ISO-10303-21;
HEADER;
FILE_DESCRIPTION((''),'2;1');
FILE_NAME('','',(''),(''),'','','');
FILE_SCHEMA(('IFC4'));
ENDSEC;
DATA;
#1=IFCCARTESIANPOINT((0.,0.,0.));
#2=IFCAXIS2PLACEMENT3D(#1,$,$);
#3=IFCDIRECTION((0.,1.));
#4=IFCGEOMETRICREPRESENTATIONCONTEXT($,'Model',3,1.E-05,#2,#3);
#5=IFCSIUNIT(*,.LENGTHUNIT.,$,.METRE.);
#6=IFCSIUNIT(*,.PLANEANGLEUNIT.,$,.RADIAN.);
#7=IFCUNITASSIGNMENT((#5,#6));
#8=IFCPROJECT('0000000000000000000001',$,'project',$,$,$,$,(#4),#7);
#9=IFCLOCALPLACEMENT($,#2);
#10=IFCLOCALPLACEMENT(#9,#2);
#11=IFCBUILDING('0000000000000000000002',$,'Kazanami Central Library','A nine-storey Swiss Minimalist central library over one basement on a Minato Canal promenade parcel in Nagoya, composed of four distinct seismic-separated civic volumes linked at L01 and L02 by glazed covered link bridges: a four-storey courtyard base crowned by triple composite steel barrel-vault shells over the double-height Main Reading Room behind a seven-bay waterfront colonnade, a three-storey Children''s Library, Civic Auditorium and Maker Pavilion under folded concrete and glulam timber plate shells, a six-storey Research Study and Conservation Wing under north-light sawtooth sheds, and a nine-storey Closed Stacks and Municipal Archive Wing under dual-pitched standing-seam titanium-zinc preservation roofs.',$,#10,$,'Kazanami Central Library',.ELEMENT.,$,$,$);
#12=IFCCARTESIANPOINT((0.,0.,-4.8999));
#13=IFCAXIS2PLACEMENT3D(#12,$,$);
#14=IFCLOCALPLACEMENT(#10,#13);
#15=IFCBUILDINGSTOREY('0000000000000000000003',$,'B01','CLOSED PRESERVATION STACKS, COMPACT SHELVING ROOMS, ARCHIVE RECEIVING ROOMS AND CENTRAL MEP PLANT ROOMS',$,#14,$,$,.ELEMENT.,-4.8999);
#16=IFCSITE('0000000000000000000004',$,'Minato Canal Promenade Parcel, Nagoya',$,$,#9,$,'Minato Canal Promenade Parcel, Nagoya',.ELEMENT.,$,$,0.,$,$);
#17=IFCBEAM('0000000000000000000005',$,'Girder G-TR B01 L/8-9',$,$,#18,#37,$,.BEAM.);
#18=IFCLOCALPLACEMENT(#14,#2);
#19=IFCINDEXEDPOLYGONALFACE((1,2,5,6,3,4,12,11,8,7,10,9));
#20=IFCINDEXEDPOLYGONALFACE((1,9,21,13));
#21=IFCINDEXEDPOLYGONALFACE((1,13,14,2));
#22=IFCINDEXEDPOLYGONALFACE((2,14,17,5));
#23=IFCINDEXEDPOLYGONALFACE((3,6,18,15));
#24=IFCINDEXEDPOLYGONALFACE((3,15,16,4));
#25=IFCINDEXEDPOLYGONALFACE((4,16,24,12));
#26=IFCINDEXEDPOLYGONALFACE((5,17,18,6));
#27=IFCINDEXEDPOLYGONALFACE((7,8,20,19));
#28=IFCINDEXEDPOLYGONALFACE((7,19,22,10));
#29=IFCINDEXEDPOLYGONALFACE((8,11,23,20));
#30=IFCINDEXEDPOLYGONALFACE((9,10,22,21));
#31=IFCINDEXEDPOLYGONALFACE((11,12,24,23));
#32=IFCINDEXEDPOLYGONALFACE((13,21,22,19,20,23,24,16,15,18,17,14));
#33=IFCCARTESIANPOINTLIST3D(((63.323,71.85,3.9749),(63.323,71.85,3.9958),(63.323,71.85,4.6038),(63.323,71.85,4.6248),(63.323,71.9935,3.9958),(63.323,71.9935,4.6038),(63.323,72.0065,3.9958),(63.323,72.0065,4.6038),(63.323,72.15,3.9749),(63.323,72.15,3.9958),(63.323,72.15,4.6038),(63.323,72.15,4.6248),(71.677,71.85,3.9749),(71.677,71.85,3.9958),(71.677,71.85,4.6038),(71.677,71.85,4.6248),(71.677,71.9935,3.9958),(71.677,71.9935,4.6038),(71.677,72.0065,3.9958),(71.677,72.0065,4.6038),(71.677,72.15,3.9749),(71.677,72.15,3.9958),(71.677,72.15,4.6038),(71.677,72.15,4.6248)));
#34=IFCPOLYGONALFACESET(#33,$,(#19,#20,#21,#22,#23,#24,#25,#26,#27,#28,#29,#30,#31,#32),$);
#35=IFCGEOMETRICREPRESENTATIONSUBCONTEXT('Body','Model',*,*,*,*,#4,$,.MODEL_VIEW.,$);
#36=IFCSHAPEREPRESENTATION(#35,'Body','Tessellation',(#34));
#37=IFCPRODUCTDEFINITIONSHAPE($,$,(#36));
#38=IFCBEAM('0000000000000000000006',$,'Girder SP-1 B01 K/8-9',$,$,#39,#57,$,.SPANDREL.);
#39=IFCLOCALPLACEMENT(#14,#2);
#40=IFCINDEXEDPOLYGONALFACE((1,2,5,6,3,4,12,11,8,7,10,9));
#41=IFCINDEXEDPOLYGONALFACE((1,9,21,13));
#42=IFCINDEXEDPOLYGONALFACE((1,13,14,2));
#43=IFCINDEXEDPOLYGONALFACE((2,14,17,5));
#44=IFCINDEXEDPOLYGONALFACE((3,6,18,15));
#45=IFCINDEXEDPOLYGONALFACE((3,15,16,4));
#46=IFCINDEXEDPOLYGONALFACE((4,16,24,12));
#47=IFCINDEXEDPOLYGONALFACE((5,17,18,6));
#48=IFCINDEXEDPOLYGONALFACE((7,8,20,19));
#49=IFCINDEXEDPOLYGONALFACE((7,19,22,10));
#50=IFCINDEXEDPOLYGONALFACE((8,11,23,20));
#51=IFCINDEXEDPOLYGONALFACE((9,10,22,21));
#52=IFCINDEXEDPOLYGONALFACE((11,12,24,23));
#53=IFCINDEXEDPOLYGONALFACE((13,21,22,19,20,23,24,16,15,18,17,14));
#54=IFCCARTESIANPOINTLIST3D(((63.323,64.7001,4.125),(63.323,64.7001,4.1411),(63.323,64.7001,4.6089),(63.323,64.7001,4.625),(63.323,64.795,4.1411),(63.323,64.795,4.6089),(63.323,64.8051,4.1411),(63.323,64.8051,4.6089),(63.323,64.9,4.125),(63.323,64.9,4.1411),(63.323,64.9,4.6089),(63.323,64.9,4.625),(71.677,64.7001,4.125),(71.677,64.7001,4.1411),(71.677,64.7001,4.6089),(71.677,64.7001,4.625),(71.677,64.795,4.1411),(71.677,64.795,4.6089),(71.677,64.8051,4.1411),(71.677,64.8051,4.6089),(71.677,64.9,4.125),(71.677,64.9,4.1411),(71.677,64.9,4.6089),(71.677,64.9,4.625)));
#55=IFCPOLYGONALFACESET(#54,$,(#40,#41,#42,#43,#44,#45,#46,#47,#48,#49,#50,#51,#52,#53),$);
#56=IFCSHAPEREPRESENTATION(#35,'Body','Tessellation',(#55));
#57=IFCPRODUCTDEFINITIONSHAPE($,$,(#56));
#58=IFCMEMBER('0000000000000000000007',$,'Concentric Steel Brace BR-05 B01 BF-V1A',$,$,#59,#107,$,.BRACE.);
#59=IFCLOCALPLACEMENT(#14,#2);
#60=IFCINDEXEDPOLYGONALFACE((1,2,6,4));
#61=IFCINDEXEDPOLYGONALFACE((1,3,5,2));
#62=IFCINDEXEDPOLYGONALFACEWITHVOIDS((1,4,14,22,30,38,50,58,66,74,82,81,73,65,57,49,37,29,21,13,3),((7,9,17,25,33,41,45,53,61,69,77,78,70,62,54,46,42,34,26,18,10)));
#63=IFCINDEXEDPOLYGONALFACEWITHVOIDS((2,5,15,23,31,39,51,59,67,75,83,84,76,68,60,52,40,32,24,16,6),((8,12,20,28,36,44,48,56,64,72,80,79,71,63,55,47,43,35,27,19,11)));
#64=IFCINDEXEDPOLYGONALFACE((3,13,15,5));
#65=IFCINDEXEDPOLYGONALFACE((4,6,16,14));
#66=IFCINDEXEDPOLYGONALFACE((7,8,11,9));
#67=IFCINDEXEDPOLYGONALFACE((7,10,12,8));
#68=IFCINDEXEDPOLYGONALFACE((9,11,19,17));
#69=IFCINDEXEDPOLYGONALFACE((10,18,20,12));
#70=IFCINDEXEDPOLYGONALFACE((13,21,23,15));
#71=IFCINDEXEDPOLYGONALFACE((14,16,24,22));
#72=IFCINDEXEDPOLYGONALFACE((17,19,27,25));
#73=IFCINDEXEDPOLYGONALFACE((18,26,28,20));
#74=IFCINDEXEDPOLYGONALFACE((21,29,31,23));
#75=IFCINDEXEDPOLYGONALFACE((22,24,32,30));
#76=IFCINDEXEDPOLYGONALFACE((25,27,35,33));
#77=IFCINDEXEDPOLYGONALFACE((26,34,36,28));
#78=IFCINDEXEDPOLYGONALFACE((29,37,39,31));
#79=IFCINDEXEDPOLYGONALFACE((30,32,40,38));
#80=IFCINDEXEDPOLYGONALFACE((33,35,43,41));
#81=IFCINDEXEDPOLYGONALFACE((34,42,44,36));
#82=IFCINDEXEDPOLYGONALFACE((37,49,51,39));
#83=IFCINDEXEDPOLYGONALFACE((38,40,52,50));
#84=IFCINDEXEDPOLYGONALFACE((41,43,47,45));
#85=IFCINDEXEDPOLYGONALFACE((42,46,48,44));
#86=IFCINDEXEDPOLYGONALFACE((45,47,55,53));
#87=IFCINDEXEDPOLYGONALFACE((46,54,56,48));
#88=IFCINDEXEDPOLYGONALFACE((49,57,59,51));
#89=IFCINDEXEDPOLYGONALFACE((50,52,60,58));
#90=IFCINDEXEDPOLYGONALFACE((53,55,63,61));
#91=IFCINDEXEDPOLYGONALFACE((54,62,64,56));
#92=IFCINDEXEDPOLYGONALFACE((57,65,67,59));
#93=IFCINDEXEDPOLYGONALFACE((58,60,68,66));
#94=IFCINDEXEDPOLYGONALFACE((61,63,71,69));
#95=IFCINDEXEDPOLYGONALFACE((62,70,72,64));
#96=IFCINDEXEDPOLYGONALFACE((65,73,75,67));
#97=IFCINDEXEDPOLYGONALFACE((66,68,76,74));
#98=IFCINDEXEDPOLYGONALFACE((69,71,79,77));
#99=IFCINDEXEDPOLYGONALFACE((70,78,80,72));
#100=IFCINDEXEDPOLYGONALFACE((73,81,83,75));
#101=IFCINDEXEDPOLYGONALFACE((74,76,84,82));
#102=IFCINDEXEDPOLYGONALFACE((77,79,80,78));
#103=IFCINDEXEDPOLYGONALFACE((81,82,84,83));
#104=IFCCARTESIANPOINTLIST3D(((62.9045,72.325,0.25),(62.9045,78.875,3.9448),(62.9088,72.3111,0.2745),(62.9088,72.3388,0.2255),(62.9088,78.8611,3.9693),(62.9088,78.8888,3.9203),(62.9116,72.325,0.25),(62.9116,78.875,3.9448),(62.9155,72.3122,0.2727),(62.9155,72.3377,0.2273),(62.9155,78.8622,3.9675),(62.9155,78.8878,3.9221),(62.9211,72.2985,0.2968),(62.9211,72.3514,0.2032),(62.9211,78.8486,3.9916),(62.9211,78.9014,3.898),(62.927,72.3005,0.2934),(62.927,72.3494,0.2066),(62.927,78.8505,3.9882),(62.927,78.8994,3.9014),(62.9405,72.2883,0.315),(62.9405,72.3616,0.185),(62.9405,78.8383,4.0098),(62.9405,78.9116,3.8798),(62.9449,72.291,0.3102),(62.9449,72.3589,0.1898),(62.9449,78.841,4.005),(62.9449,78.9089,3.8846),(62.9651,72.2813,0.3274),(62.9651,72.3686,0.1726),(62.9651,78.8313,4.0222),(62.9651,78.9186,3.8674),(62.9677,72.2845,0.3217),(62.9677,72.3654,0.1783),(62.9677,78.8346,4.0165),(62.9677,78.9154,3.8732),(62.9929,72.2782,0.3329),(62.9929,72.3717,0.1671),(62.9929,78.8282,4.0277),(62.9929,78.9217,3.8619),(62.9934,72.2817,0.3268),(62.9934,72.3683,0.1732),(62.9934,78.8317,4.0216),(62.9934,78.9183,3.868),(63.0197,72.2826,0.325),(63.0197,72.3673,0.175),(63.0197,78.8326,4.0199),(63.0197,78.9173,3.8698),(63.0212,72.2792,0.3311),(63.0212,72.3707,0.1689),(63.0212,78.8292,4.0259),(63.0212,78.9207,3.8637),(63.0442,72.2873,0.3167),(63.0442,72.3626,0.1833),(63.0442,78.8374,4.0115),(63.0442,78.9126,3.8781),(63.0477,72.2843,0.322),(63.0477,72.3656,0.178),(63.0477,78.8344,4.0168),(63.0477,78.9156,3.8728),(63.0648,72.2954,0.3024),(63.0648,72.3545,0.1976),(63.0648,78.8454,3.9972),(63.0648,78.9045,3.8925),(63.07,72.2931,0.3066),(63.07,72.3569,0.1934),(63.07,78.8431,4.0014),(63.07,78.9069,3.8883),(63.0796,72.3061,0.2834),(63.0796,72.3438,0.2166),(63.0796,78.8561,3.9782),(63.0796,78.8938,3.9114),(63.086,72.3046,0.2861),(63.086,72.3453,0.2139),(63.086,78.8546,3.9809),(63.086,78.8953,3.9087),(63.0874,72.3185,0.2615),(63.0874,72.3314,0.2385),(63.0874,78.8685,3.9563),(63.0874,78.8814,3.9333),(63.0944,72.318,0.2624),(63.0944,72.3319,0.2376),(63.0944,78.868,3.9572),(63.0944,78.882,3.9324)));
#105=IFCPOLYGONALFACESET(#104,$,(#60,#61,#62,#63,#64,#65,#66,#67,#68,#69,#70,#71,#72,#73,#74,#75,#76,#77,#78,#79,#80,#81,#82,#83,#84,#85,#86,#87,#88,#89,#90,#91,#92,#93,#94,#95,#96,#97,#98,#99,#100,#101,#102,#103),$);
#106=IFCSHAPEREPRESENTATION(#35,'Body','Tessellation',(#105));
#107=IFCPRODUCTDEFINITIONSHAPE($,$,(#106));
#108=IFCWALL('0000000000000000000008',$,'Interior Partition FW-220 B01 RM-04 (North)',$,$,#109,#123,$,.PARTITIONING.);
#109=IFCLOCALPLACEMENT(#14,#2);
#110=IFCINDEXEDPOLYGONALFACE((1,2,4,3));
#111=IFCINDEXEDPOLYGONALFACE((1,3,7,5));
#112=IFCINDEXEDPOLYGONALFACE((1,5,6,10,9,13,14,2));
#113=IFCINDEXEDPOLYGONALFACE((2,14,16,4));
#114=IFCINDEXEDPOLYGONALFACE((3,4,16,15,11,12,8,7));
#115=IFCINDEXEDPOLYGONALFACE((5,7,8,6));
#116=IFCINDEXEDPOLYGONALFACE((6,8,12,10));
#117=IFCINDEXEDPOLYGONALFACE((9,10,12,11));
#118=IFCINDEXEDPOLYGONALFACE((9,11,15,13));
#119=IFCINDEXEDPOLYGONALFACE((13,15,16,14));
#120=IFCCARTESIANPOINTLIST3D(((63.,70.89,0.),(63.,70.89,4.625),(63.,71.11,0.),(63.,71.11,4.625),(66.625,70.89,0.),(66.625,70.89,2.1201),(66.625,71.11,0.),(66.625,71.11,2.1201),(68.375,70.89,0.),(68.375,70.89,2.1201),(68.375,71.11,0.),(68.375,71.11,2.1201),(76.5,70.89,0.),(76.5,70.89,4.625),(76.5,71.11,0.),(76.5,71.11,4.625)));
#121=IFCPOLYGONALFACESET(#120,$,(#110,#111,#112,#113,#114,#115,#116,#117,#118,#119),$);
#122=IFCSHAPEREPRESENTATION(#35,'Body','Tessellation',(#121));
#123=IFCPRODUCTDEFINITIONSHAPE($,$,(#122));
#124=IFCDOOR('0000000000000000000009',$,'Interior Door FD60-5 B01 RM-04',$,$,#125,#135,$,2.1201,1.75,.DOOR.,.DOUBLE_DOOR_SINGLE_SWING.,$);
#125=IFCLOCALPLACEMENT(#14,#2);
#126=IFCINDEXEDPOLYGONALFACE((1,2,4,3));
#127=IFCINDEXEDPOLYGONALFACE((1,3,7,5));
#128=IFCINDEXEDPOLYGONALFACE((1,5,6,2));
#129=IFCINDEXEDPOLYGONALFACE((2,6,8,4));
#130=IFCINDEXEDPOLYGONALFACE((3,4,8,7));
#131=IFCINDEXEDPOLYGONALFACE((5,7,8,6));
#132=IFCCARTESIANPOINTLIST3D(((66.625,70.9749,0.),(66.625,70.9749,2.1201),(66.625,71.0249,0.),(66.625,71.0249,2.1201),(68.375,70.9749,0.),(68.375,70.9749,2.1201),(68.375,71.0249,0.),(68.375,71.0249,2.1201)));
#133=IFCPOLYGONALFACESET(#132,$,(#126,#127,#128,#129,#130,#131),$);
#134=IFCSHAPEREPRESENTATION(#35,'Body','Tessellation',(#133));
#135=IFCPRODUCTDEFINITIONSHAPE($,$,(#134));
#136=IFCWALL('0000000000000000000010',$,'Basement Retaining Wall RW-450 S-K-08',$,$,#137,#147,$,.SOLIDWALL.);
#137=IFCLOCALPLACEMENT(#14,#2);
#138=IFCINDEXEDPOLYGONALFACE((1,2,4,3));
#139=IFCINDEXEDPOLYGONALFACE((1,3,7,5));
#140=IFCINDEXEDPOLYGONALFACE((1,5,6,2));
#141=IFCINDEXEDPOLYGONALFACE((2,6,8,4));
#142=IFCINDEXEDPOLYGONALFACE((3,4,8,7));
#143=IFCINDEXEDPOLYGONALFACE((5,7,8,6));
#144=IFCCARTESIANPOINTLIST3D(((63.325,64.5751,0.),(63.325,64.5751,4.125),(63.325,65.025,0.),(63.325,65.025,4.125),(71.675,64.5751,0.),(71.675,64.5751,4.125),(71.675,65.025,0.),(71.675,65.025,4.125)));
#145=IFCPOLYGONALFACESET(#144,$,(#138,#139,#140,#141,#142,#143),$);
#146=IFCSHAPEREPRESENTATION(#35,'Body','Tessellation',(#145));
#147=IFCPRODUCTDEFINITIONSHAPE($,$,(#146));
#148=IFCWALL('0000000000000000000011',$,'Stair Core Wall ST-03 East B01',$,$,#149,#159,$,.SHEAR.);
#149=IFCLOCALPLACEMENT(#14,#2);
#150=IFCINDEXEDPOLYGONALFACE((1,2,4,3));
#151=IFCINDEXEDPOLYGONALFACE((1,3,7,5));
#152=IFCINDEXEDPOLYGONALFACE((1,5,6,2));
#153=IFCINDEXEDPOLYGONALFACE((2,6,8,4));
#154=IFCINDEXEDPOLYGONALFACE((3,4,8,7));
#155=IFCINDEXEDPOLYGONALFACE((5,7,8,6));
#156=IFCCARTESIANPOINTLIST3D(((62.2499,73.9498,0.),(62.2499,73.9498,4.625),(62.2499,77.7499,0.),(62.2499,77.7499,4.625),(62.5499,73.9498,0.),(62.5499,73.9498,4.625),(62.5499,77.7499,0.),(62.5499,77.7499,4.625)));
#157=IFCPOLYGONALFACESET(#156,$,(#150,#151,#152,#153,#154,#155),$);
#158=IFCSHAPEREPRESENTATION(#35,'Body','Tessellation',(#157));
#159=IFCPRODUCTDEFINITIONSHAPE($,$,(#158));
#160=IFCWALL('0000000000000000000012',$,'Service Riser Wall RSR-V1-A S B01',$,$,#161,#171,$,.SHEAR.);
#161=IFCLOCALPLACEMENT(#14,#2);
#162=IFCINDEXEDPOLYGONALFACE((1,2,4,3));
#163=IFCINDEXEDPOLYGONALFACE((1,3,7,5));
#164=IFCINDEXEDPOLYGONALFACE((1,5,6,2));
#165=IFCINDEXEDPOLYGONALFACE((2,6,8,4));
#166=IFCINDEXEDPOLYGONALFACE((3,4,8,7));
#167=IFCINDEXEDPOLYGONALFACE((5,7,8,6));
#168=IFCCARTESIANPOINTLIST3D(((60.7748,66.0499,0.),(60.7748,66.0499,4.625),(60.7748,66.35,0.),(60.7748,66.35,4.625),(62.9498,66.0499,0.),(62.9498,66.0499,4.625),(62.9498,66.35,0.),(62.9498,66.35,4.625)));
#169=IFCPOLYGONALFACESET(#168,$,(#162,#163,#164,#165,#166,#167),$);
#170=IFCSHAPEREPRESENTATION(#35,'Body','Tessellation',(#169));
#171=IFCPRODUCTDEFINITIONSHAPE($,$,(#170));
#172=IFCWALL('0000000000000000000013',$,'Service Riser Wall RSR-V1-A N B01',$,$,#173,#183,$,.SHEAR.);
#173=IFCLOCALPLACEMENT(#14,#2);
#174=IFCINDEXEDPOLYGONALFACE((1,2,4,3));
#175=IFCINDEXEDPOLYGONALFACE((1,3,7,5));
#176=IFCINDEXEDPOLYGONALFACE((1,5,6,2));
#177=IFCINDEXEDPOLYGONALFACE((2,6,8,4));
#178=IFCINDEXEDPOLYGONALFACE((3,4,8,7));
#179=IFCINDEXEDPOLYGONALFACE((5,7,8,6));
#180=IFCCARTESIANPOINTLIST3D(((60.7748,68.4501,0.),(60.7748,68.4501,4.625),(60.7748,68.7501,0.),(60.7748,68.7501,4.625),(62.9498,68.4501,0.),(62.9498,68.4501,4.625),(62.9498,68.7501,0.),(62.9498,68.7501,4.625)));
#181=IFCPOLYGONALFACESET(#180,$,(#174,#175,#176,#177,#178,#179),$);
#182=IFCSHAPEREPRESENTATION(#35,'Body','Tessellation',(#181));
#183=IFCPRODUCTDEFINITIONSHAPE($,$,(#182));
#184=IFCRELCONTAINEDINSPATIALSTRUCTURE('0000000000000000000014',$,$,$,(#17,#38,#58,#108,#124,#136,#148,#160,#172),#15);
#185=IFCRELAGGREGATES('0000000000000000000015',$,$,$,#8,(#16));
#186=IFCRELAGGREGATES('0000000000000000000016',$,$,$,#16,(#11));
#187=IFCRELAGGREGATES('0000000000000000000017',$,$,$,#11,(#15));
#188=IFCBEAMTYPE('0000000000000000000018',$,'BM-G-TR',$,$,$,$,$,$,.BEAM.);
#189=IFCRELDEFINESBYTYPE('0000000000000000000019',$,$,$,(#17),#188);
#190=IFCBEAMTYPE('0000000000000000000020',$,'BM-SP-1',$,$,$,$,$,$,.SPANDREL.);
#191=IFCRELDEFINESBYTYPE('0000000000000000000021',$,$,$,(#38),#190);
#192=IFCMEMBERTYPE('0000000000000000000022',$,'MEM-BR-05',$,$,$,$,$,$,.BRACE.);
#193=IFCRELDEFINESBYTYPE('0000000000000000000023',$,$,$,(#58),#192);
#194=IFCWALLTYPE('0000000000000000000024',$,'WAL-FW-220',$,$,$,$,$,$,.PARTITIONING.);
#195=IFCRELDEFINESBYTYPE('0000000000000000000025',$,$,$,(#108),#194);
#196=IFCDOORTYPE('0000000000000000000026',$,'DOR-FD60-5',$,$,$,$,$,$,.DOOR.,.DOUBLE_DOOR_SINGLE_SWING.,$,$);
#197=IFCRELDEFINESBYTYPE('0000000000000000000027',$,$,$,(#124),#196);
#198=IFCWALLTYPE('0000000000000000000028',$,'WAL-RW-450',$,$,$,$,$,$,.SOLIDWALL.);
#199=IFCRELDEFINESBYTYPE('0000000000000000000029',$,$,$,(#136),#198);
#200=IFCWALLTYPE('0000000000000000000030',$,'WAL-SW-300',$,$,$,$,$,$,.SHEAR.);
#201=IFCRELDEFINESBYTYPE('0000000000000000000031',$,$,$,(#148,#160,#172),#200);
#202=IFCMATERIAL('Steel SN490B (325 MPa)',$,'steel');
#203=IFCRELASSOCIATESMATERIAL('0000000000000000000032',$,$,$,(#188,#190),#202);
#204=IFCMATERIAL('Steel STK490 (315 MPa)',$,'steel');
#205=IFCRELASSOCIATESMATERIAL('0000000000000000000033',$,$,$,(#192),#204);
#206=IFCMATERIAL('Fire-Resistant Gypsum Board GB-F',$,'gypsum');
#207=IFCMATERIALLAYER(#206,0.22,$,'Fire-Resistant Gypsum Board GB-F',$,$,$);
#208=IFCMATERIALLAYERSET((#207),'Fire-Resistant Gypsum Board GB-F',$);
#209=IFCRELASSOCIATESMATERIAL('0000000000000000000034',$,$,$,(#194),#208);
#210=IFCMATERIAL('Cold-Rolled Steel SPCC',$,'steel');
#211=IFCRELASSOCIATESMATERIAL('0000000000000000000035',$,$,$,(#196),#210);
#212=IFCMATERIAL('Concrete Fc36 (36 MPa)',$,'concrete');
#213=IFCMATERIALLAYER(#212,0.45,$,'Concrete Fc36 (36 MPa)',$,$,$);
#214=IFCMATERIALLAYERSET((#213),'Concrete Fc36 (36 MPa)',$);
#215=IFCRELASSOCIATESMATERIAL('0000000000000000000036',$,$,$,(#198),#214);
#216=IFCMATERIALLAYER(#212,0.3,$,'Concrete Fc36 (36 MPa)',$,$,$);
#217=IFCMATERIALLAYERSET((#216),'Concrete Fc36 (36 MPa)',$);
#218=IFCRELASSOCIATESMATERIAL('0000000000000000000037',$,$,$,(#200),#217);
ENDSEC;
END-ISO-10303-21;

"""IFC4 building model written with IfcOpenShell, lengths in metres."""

from ifc_helpers import new_model, si_unit, direction, frame, frame_2d, origin, origin_2d, place, context, subcontext, project, spatial, rectangle, hollow_circle, i_section, extrude, material, layer, layer_set, material_profile, profile_set, type_object, element, fill, save


model = new_model("IFC4")

# Units and contexts
model_context = context("Model", 3, precision=1e-05, world=origin(), true_north=direction((0.0, 1.0)))
body_context = subcontext(model_context, "Body", "Model", "MODEL_VIEW")
ifc_project = project(units=[si_unit("LENGTHUNIT", "METRE"), si_unit("PLANEANGLEUNIT", "RADIAN")], contexts=[model_context])

# Site, building, storey
site_placement = place(None, origin())
site = spatial("IfcSite", under=ifc_project, at=site_placement, Name="Minato Canal Promenade Parcel, Nagoya", LongName="Minato Canal Promenade Parcel, Nagoya", CompositionType="ELEMENT", RefElevation=0.0)
building_placement = place(site_placement, origin())
building = spatial("IfcBuilding", under=site, at=building_placement, Name="Kazanami Central Library", Description="A nine-storey Swiss Minimalist central library over one basement on a Minato Canal promenade parcel in Nagoya, composed of four distinct seismic-separated civic volumes linked at L01 and L02 by glazed covered link bridges: a four-storey courtyard base crowned by triple composite steel barrel-vault shells over the double-height Main Reading Room behind a seven-bay waterfront colonnade, a three-storey Children's Library, Civic Auditorium and Maker Pavilion under folded concrete and glulam timber plate shells, a six-storey Research Study and Conservation Wing under north-light sawtooth sheds, and a nine-storey Closed Stacks and Municipal Archive Wing under dual-pitched standing-seam titanium-zinc preservation roofs.", LongName="Kazanami Central Library", CompositionType="ELEMENT")
storey_placement = place(building_placement, frame((0.0, 0.0, -4.8999)))
storey = spatial("IfcBuildingStorey", under=building, at=storey_placement, Name="B01", Description="CLOSED PRESERVATION STACKS, COMPACT SHELVING ROOMS, ARCHIVE RECEIVING ROOMS AND CENTRAL MEP PLANT ROOMS", CompositionType="ELEMENT", Elevation=-4.8999)

# Shared definitions
ifc_material_1 = material(Name="Concrete Fc36 (36 MPa)", Category="concrete")

# Beams
ifc_material_2 = material(Name="Steel SN490B (325 MPa)", Category="steel")
ifc_material_profile_1 = material_profile(ifc_material_2, i_section(OverallWidth=0.3, OverallDepth=0.6499, WebThickness=0.0129, FlangeThickness=0.021, at=origin_2d()), Name="H-650x300x13x21")
ifc_profile_set_1 = profile_set([ifc_material_profile_1], Name="Steel SN490B (325 MPa)")
beam_type_1 = type_object("IfcBeamType", Name="BM-G-TR", PredefinedType="BEAM", material=ifc_profile_set_1)
beam_1_placement = place(storey_placement, frame((63.323, 72.0, 4.2998), z_axis=(1.0, 0.0, 0.0), x_axis=(0.0, 1.0, 0.0)))
element("IfcBeam", 1, at=beam_1_placement, inside=storey, type_object=beam_type_1, Name="Girder G-TR B01 L/8-9", PredefinedType="BEAM", context=body_context, shape_type="SweptSolid", body=[
    extrude(i_section(OverallWidth=0.3, OverallDepth=0.6499, WebThickness=0.0129, FlangeThickness=0.021, at=origin_2d()), origin(), (0.0, 0.0, 1.0), 8.354),
])
ifc_material_profile_2 = material_profile(ifc_material_2, i_section(OverallWidth=0.2, OverallDepth=0.5, WebThickness=0.01, FlangeThickness=0.0161, at=origin_2d()), Name="H-500x200x10x16")
ifc_profile_set_2 = profile_set([ifc_material_profile_2], Name="Steel SN490B (325 MPa)")
beam_type_2 = type_object("IfcBeamType", Name="BM-SP-1", PredefinedType="SPANDREL", material=ifc_profile_set_2)
beam_2_placement = place(storey_placement, frame((63.323, 64.8, 4.375), z_axis=(1.0, 0.0, 0.0), x_axis=(0.0, 1.0, 0.0)))
element("IfcBeam", 2, at=beam_2_placement, inside=storey, type_object=beam_type_2, Name="Girder SP-1 B01 K/8-9", PredefinedType="SPANDREL", context=body_context, shape_type="SweptSolid", body=[
    extrude(i_section(OverallWidth=0.2, OverallDepth=0.5, WebThickness=0.01, FlangeThickness=0.0161, at=origin_2d()), origin(), (0.0, 0.0, 1.0), 8.354),
])

# Member
ifc_material_3 = material(Name="Steel STK490 (315 MPa)", Category="steel")
ifc_material_profile_3 = material_profile(ifc_material_3, hollow_circle(Radius=0.0955, WallThickness=0.0071, at=origin_2d()), Name="CHS-190.7x7.0")
ifc_profile_set_3 = profile_set([ifc_material_profile_3], Name="Steel STK490 (315 MPa)")
member_type = type_object("IfcMemberType", Name="MEM-BR-05", PredefinedType="BRACE", material=ifc_profile_set_3)
member_placement = place(storey_placement, frame((63.0, 72.325, 0.25), z_axis=(0.0, 0.870983, 0.491314), x_axis=(-1.0, 0.0, 0.0)))
element("IfcMember", 3, at=member_placement, inside=storey, type_object=member_type, Name="Concentric Steel Brace BR-05 B01 BF-V1A", PredefinedType="BRACE", context=body_context, shape_type="SweptSolid", body=[
    extrude(hollow_circle(Radius=0.0955, WallThickness=0.0071, at=origin_2d()), origin(), (0.0, 0.0, 1.0), 7.5203),
])

# Wall, opening, door
ifc_material_4 = material(Name="Fire-Resistant Gypsum Board GB-F", Category="gypsum")
ifc_layer_1 = layer(ifc_material_4, 0.22, Name="Fire-Resistant Gypsum Board GB-F")
ifc_layer_set_1 = layer_set([ifc_layer_1], Name="Fire-Resistant Gypsum Board GB-F")
wall_type_1 = type_object("IfcWallType", Name="WAL-FW-220", PredefinedType="PARTITIONING", material=ifc_layer_set_1)
wall_1_placement = place(storey_placement, frame((63.0, 71.0, 0.0), z_axis=(0.0, 0.0, 1.0), x_axis=(1.0, 0.0, 0.0)))
wall_1 = element("IfcWall", 4, at=wall_1_placement, inside=storey, type_object=wall_type_1, Name="Interior Partition FW-220 B01 RM-04 (North)", PredefinedType="PARTITIONING", context=body_context, shape_type="SweptSolid", body=[
    extrude(rectangle(XDim=13.5, YDim=0.22, at=frame_2d((6.75, 0.0))), origin(), (0.0, 0.0, 1.0), 4.625),
])
opening_placement = place(wall_1_placement, frame((3.625, 0.0, 0.0)))
opening = element("IfcOpeningElement", 5, at=opening_placement, cuts=wall_1, PredefinedType="OPENING", context=body_context, shape_type="SweptSolid", body=[
    extrude(rectangle(XDim=1.75, YDim=2.1201, at=frame_2d((0.875, 1.0601))), frame((0.0, 0.1221, 0.0), z_axis=(0.0, -1.0, 0.0), x_axis=(1.0, 0.0, 0.0)), (0.0, 0.0, 1.0), 0.2439),
])
ifc_material_5 = material(Name="Cold-Rolled Steel SPCC", Category="steel")
door_type = type_object("IfcDoorType", Name="DOR-FD60-5", OperationType="DOUBLE_DOOR_SINGLE_SWING", PredefinedType="DOOR", material=ifc_material_5)
door_placement = place(opening_placement, origin())
door = element("IfcDoor", 6, at=door_placement, inside=storey, type_object=door_type, Name="Interior Door FD60-5 B01 RM-04", OperationType="DOUBLE_DOOR_SINGLE_SWING", OverallHeight=2.1201, OverallWidth=1.75, PredefinedType="DOOR", context=body_context, shape_type="SweptSolid", body=[
    extrude(rectangle(XDim=1.75, YDim=2.1201, at=frame_2d((0.875, 1.0601))), frame((0.0, 0.0249, 0.0), z_axis=(0.0, -1.0, 0.0), x_axis=(1.0, 0.0, 0.0)), (0.0, 0.0, 1.0), 0.05),
])
fill(opening, door)

# Walls
ifc_layer_2 = layer(ifc_material_1, 0.45, Name="Concrete Fc36 (36 MPa)")
ifc_layer_set_2 = layer_set([ifc_layer_2], Name="Concrete Fc36 (36 MPa)")
wall_type_2 = type_object("IfcWallType", Name="WAL-RW-450", PredefinedType="SOLIDWALL", material=ifc_layer_set_2)
wall_2_placement = place(storey_placement, frame((63.325, 64.8, 0.0), z_axis=(0.0, 0.0, 1.0), x_axis=(1.0, 0.0, 0.0)))
element("IfcWall", 7, at=wall_2_placement, inside=storey, type_object=wall_type_2, Name="Basement Retaining Wall RW-450 S-K-08", PredefinedType="SOLIDWALL", context=body_context, shape_type="SweptSolid", body=[
    extrude(rectangle(XDim=8.3501, YDim=0.45, at=frame_2d((4.175, 0.0))), origin(), (0.0, 0.0, 1.0), 4.125),
])
ifc_layer_3 = layer(ifc_material_1, 0.3, Name="Concrete Fc36 (36 MPa)")
ifc_layer_set_3 = layer_set([ifc_layer_3], Name="Concrete Fc36 (36 MPa)")
wall_type_3 = type_object("IfcWallType", Name="WAL-SW-300", PredefinedType="SHEAR", material=ifc_layer_set_3)
wall_3_placement = place(storey_placement, frame((62.3999, 73.95, 0.0), z_axis=(0.0, 0.0, 1.0), x_axis=(0.0, 1.0, 0.0)))
element("IfcWall", 8, at=wall_3_placement, inside=storey, type_object=wall_type_3, Name="Stair Core Wall ST-03 East B01", PredefinedType="SHEAR", context=body_context, shape_type="SweptSolid", body=[
    extrude(rectangle(XDim=3.8, YDim=0.3, at=frame_2d((1.8999, 0.0))), origin(), (0.0, 0.0, 1.0), 4.625),
])
for number, where, z_axis, x_axis, name in (
    (9, (60.7749, 66.2, 0.0), (0.0, 0.0, 1.0), (1.0, 0.0, 0.0), "Service Riser Wall RSR-V1-A S B01"),
    (10, (60.7749, 68.6001, 0.0), (0.0, 0.0, 1.0), (1.0, 0.0, 0.0), "Service Riser Wall RSR-V1-A N B01"),
):
    element("IfcWall", number, at=place(storey_placement, frame(where, z_axis=z_axis, x_axis=x_axis)), inside=storey, type_object=wall_type_3, Name=name, PredefinedType="SHEAR", context=body_context, shape_type="SweptSolid", body=[
        extrude(rectangle(XDim=2.175, YDim=0.3, at=frame_2d((1.0874, 0.0))), origin(), (0.0, 0.0, 1.0), 4.625),
    ])

save(model, "model.ifc")
